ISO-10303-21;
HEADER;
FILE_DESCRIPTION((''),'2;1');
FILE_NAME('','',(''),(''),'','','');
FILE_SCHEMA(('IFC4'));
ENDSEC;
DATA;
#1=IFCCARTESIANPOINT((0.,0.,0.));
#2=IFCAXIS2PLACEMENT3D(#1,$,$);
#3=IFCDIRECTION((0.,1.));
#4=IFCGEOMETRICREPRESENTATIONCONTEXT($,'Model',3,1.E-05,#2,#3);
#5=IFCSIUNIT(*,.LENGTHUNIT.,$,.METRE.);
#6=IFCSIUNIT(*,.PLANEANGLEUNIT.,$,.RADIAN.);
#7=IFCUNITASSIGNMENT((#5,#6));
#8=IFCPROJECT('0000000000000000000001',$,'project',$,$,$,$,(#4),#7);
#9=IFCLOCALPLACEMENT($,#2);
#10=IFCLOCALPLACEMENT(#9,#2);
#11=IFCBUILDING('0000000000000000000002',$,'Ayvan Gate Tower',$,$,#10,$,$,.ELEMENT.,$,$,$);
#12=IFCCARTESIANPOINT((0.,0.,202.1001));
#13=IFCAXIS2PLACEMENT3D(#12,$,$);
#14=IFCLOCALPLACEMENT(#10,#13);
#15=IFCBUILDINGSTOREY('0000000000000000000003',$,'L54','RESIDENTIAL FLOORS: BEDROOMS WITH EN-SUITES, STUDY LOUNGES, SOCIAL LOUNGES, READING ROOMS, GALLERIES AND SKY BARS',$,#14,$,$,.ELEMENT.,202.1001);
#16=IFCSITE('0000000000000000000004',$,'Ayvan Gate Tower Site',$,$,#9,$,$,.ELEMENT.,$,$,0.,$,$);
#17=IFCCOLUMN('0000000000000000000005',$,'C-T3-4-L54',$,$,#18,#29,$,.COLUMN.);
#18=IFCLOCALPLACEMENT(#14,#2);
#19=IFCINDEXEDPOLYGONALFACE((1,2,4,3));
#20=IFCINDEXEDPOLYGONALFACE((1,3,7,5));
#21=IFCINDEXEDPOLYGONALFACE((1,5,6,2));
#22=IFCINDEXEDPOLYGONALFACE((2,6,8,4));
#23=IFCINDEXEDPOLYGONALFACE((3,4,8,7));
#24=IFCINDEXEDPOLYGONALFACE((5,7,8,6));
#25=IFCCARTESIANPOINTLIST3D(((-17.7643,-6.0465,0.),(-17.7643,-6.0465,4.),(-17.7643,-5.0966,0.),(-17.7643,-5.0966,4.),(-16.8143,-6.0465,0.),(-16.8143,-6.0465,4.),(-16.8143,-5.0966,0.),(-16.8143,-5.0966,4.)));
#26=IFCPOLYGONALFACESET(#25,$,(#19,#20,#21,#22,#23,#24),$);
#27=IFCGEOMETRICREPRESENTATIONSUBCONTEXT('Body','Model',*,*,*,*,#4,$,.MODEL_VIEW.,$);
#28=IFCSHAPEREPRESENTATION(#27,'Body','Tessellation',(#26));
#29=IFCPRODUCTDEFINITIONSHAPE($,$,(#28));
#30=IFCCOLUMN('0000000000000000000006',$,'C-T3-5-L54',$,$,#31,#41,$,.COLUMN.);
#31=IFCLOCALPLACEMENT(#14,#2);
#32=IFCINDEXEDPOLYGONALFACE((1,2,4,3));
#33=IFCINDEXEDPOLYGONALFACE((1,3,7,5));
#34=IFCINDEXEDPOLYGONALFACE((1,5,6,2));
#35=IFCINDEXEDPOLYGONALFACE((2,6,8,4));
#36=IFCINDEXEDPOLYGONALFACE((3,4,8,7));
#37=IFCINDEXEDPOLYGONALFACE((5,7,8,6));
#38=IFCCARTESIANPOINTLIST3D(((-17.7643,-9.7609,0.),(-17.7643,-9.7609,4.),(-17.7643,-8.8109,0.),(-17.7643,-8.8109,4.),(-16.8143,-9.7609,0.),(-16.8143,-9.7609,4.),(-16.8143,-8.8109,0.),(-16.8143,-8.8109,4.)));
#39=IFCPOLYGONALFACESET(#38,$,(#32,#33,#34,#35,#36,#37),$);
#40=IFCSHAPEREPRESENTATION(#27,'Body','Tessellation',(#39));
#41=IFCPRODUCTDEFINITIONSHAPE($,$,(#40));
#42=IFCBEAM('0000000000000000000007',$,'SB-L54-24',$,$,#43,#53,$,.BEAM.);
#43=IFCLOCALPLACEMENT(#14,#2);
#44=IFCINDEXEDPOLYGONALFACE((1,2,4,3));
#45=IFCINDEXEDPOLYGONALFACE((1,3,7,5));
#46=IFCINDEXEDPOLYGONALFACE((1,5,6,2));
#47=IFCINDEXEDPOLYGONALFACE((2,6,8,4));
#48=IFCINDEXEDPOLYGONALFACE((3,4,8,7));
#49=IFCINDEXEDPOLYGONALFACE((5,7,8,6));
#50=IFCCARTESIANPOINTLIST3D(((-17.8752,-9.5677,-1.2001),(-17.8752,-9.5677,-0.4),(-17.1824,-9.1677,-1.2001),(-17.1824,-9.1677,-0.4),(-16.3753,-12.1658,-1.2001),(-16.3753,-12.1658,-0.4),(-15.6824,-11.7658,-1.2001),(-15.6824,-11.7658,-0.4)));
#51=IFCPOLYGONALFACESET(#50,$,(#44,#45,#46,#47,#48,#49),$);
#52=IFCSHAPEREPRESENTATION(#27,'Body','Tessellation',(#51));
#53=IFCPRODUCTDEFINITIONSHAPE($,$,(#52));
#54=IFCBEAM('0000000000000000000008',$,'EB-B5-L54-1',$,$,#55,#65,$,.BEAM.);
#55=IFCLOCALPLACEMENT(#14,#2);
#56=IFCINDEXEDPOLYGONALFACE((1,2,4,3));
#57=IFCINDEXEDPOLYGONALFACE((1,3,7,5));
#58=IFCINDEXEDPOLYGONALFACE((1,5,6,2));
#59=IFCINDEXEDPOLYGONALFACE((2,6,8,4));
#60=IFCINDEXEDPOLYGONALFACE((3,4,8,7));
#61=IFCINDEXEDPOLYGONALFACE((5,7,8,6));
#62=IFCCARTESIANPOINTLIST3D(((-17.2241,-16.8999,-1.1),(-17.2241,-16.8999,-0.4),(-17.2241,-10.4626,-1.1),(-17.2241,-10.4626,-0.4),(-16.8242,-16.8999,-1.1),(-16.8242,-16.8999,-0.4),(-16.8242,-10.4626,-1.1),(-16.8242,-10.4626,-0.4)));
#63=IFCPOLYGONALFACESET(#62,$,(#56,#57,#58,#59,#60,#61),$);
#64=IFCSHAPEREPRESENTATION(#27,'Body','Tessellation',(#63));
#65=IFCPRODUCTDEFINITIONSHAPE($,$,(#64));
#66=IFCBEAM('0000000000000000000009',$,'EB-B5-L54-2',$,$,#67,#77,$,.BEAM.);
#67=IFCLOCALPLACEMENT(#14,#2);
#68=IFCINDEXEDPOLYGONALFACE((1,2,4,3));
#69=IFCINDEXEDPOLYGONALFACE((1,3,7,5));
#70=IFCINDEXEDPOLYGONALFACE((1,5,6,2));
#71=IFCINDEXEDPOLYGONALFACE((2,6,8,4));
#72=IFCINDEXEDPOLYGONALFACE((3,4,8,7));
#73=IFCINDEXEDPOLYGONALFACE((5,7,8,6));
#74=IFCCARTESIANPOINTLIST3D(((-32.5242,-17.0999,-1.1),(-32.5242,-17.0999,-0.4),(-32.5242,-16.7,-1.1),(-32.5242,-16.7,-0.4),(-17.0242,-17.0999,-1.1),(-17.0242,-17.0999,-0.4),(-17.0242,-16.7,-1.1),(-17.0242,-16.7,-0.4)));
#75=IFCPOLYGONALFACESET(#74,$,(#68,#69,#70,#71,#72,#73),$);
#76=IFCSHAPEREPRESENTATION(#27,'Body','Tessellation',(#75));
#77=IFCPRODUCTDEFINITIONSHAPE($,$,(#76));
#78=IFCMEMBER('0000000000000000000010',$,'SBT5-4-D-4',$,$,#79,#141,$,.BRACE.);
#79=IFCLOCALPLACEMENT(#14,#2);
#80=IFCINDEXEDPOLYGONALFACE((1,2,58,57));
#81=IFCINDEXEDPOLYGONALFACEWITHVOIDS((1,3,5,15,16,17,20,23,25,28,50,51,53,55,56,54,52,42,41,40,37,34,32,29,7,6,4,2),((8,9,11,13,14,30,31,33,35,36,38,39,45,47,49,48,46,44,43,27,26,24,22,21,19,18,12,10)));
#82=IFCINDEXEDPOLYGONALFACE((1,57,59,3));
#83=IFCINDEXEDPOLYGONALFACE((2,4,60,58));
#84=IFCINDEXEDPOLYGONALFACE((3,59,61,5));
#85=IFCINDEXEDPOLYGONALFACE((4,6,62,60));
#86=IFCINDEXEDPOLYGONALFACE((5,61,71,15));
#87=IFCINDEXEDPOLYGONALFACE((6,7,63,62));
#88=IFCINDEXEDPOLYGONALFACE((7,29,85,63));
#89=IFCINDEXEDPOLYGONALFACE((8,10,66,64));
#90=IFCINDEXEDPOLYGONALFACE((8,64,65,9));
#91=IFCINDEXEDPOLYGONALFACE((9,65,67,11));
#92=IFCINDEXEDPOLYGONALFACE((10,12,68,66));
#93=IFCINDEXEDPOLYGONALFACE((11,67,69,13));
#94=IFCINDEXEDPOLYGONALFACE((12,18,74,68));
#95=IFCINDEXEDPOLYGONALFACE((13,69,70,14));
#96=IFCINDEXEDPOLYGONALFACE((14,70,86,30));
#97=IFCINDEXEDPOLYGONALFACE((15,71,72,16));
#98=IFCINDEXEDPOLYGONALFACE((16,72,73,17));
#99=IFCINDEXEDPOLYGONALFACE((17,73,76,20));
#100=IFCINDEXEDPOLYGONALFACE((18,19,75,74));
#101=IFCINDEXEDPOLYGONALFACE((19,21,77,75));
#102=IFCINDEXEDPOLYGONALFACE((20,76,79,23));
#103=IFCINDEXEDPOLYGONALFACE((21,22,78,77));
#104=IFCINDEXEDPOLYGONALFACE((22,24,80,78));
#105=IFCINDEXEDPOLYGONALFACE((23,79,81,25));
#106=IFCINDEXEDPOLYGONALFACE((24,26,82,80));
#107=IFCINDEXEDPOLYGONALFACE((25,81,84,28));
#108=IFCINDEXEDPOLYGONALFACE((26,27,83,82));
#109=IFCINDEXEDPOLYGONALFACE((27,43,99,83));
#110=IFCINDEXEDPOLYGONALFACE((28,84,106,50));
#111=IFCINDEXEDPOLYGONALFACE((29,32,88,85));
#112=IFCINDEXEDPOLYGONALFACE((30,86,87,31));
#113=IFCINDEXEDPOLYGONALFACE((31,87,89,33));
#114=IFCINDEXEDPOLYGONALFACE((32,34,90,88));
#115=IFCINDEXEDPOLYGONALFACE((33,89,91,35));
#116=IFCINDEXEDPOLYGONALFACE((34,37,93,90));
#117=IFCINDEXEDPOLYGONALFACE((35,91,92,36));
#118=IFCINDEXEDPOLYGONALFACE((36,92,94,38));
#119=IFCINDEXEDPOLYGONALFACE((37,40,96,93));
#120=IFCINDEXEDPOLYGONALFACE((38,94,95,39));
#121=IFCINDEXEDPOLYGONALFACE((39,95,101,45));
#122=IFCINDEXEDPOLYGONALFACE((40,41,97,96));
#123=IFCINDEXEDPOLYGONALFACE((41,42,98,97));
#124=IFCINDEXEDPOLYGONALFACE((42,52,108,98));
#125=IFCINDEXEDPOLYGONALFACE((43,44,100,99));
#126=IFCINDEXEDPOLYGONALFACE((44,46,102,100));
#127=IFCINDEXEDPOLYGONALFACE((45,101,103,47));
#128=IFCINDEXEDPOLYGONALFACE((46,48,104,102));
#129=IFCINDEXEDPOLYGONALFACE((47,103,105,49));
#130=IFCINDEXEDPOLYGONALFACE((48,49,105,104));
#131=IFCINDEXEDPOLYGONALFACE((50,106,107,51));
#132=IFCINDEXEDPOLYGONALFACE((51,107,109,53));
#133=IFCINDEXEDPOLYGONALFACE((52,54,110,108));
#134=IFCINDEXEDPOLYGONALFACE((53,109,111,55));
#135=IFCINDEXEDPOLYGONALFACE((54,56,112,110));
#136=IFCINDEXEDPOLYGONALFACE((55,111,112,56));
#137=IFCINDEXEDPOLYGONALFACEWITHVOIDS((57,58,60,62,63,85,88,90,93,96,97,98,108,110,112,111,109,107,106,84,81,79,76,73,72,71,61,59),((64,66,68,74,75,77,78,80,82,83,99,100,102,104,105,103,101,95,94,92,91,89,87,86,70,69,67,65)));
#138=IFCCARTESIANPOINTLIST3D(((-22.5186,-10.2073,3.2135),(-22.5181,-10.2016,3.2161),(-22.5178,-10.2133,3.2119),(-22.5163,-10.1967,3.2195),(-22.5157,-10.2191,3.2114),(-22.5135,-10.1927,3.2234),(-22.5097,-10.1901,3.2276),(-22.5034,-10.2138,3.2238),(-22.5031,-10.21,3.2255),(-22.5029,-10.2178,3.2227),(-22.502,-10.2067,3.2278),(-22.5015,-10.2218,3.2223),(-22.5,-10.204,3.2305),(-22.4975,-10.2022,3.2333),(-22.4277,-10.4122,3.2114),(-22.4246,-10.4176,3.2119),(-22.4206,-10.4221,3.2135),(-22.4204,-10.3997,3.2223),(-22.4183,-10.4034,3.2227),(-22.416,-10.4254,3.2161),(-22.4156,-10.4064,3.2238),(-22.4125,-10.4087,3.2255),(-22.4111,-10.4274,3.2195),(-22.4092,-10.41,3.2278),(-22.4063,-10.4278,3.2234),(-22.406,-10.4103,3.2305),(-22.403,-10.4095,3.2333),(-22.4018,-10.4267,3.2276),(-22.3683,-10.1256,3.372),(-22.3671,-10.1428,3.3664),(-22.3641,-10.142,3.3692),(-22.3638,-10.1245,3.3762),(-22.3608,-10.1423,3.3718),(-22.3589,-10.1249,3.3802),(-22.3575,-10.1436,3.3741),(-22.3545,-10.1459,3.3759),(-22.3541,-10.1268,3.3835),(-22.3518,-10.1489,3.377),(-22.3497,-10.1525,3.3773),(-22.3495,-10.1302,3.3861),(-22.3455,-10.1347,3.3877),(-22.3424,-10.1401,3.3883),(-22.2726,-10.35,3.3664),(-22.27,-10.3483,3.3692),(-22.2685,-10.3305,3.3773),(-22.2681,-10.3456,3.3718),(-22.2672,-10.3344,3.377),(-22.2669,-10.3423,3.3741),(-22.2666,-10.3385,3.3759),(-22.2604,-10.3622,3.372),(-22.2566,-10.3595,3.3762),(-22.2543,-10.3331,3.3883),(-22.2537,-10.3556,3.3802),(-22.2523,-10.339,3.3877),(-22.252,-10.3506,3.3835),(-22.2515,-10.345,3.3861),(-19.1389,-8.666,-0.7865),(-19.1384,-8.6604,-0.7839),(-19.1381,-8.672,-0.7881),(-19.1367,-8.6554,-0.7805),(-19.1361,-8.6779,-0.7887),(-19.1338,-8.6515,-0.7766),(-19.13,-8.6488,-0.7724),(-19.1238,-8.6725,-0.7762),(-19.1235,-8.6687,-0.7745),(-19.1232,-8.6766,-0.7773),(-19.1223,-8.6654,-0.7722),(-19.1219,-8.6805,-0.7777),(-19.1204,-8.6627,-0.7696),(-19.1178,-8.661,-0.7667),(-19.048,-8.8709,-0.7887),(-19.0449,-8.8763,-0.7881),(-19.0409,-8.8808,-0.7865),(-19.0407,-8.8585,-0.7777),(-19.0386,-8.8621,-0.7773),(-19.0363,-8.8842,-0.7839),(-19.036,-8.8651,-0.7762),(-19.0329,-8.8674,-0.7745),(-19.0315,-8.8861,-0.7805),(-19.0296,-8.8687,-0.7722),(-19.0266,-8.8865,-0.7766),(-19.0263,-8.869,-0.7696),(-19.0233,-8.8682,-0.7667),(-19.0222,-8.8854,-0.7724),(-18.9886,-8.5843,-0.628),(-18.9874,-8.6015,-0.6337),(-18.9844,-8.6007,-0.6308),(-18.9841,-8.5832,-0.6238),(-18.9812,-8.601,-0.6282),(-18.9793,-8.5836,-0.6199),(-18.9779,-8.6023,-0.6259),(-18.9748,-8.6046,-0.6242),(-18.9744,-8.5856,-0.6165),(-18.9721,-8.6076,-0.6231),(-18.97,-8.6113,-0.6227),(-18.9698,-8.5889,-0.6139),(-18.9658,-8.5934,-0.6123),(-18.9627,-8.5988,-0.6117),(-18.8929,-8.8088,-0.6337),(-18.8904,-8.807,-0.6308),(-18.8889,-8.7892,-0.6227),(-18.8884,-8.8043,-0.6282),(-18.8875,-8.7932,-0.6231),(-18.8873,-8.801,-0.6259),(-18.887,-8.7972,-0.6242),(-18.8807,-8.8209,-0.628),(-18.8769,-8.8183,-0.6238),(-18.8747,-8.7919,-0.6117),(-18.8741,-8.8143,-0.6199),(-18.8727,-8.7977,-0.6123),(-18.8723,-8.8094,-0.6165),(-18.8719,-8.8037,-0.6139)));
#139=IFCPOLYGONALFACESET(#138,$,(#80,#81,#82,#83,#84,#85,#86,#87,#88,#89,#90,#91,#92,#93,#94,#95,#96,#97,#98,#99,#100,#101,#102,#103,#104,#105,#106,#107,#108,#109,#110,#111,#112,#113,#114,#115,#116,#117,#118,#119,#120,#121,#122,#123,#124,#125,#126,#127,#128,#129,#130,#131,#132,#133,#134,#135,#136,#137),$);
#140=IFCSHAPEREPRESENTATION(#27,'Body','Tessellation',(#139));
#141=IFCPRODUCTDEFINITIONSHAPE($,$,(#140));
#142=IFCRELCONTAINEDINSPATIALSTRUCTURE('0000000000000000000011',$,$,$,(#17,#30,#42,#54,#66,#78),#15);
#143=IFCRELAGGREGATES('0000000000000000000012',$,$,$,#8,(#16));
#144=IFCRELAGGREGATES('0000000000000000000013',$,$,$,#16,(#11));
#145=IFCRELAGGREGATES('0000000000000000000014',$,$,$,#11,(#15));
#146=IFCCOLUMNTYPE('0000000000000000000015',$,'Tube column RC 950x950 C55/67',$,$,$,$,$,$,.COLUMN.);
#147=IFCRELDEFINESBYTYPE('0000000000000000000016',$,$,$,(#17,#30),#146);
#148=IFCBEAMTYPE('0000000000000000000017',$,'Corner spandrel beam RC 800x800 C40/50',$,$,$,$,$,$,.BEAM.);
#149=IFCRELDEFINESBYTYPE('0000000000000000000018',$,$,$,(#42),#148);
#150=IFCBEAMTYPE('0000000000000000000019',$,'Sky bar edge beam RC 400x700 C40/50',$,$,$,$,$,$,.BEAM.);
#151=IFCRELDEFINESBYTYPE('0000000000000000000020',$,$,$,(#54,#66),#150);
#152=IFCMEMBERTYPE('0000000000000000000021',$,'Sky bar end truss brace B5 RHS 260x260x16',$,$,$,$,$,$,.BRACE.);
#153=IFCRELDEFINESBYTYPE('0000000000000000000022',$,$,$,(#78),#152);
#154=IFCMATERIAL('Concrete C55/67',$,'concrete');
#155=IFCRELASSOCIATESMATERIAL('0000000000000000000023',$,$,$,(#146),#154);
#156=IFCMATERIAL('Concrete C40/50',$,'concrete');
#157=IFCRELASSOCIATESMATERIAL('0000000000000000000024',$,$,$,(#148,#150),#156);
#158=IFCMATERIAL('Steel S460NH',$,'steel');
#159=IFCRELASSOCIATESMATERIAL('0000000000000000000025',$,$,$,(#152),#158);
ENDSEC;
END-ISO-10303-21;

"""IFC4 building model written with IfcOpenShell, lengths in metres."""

from ifc_helpers import new_model, si_unit, direction, frame, origin, origin_2d, place, context, subcontext, project, spatial, rectangle, hollow_rectangle, extrude, material, material_profile, profile_set, type_object, element, save


model = new_model("IFC4")

# Units and contexts
model_context = context("Model", 3, precision=1e-05, world=origin(), true_north=direction((0.0, 1.0)))
body_context = subcontext(model_context, "Body", "Model", "MODEL_VIEW")
ifc_project = project(units=[si_unit("LENGTHUNIT", "METRE"), si_unit("PLANEANGLEUNIT", "RADIAN")], contexts=[model_context])

# Site, building, storey
site_placement = place(None, origin())
site = spatial("IfcSite", under=ifc_project, at=site_placement, Name="Ayvan Gate Tower Site", CompositionType="ELEMENT", RefElevation=0.0)
building_placement = place(site_placement, origin())
building = spatial("IfcBuilding", under=site, at=building_placement, Name="Ayvan Gate Tower", CompositionType="ELEMENT")
storey_placement = place(building_placement, frame((0.0, 0.0, 202.1001)))
storey = spatial("IfcBuildingStorey", under=building, at=storey_placement, Name="L54", Description="RESIDENTIAL FLOORS: BEDROOMS WITH EN-SUITES, STUDY LOUNGES, SOCIAL LOUNGES, READING ROOMS, GALLERIES AND SKY BARS", CompositionType="ELEMENT", Elevation=202.1001)

# Columns
ifc_material_1 = material(Name="Concrete C55/67", Category="concrete")
ifc_material_profile_1 = material_profile(ifc_material_1, rectangle(XDim=0.95, YDim=0.95, at=origin_2d()), Name="RC 950x950")
ifc_profile_set_1 = profile_set([ifc_material_profile_1], Name="Concrete C55/67")
column_type = type_object("IfcColumnType", Name="Tube column RC 950x950 C55/67", PredefinedType="COLUMN", material=ifc_profile_set_1)
for number, where, z_axis, x_axis, name in (
    (1, (-17.2893, -5.5715, 0.0), (0.0, 0.0, 1.0), (-1.0, 0.0, 0.0), "C-T3-4-L54"),
    (2, (-17.2893, -9.2859, 0.0), (0.0, 0.0, 1.0), (-1.0, 0.0, 0.0), "C-T3-5-L54"),
):
    element("IfcColumn", number, at=place(storey_placement, frame(where, z_axis=z_axis, x_axis=x_axis)), inside=storey, type_object=column_type, Name=name, PredefinedType="COLUMN", context=body_context, shape_type="SweptSolid", body=[
        extrude(rectangle(XDim=0.95, YDim=0.95, at=origin_2d()), origin(), (0.0, 0.0, 1.0), 4.0),
    ])

# Beams
ifc_material_2 = material(Name="Concrete C40/50", Category="concrete")
ifc_material_profile_2 = material_profile(ifc_material_2, rectangle(XDim=0.8, YDim=0.8, at=origin_2d()), Name="RC 800x800")
ifc_profile_set_2 = profile_set([ifc_material_profile_2], Name="Concrete C40/50")
beam_type_1 = type_object("IfcBeamType", Name="Corner spandrel beam RC 800x800 C40/50", PredefinedType="BEAM", material=ifc_profile_set_2)
beam_1_placement = place(storey_placement, frame((-17.5288, -9.3677, -0.8), z_axis=(0.49999, -0.866031, 0.0), x_axis=(0.866031, 0.49999, 0.0)))
element("IfcBeam", 3, at=beam_1_placement, inside=storey, type_object=beam_type_1, Name="SB-L54-24", PredefinedType="BEAM", context=body_context, shape_type="SweptSolid", body=[
    extrude(rectangle(XDim=0.8, YDim=0.8, at=origin_2d()), origin(), (0.0, 0.0, 1.0), 3.0),
])
ifc_material_profile_3 = material_profile(ifc_material_2, rectangle(XDim=0.3999, YDim=0.7, at=origin_2d()), Name="RC 400x700")
ifc_profile_set_3 = profile_set([ifc_material_profile_3], Name="Concrete C40/50")
beam_type_2 = type_object("IfcBeamType", Name="Sky bar edge beam RC 400x700 C40/50", PredefinedType="BEAM", material=ifc_profile_set_3)
beam_2_placement = place(storey_placement, frame((-17.0242, -10.4626, -0.75), z_axis=(0.0, -1.0, 0.0), x_axis=(1.0, 0.0, 0.0)))
element("IfcBeam", 4, at=beam_2_placement, inside=storey, type_object=beam_type_2, Name="EB-B5-L54-1", PredefinedType="BEAM", context=body_context, shape_type="SweptSolid", body=[
    extrude(rectangle(XDim=0.3999, YDim=0.7, at=origin_2d()), origin(), (0.0, 0.0, 1.0), 6.4373),
])
beam_3_placement = place(storey_placement, frame((-17.0242, -16.8999, -0.75), z_axis=(-1.0, 0.0, 0.0), x_axis=(0.0, -1.0, 0.0)))
element("IfcBeam", 5, at=beam_3_placement, inside=storey, type_object=beam_type_2, Name="EB-B5-L54-2", PredefinedType="BEAM", context=body_context, shape_type="SweptSolid", body=[
    extrude(rectangle(XDim=0.3999, YDim=0.7, at=origin_2d()), origin(), (0.0, 0.0, 1.0), 15.5),
])

# Member
ifc_material_3 = material(Name="Steel S460NH", Category="steel")
ifc_material_profile_4 = material_profile(ifc_material_3, hollow_rectangle(XDim=0.26, YDim=0.26, WallThickness=0.0161, InnerFilletRadius=0.0161, OuterFilletRadius=0.0239, at=origin_2d()), Name="RHS 260x260x16")
ifc_profile_set_4 = profile_set([ifc_material_profile_4], Name="Steel S460NH")
member_type_1 = type_object("IfcMemberType", Name="Sky bar end truss brace B5 RHS 260x260x16", PredefinedType="BRACE", material=ifc_profile_set_4)
for number, where, z_axis, x_axis, name in (
    (6, (-19.0054, -8.7349, -0.7002), (-0.619129, -0.282349, 0.732775), (0.414932, -0.909853, 0.0), "SBT5-4-D-4"),
):
    element("IfcMember", number, at=place(storey_placement, frame(where, z_axis=z_axis, x_axis=x_axis)), inside=storey, type_object=member_type_1, Name=name, PredefinedType="BRACE", context=body_context, shape_type="SweptSolid", body=[
        extrude(hollow_rectangle(XDim=0.26, YDim=0.26, WallThickness=0.0161, InnerFilletRadius=0.0161, OuterFilletRadius=0.0239, at=origin_2d()), origin(), (0.0, 0.0, 1.0), 5.4587),
    ])

save(model, "model.ifc")
